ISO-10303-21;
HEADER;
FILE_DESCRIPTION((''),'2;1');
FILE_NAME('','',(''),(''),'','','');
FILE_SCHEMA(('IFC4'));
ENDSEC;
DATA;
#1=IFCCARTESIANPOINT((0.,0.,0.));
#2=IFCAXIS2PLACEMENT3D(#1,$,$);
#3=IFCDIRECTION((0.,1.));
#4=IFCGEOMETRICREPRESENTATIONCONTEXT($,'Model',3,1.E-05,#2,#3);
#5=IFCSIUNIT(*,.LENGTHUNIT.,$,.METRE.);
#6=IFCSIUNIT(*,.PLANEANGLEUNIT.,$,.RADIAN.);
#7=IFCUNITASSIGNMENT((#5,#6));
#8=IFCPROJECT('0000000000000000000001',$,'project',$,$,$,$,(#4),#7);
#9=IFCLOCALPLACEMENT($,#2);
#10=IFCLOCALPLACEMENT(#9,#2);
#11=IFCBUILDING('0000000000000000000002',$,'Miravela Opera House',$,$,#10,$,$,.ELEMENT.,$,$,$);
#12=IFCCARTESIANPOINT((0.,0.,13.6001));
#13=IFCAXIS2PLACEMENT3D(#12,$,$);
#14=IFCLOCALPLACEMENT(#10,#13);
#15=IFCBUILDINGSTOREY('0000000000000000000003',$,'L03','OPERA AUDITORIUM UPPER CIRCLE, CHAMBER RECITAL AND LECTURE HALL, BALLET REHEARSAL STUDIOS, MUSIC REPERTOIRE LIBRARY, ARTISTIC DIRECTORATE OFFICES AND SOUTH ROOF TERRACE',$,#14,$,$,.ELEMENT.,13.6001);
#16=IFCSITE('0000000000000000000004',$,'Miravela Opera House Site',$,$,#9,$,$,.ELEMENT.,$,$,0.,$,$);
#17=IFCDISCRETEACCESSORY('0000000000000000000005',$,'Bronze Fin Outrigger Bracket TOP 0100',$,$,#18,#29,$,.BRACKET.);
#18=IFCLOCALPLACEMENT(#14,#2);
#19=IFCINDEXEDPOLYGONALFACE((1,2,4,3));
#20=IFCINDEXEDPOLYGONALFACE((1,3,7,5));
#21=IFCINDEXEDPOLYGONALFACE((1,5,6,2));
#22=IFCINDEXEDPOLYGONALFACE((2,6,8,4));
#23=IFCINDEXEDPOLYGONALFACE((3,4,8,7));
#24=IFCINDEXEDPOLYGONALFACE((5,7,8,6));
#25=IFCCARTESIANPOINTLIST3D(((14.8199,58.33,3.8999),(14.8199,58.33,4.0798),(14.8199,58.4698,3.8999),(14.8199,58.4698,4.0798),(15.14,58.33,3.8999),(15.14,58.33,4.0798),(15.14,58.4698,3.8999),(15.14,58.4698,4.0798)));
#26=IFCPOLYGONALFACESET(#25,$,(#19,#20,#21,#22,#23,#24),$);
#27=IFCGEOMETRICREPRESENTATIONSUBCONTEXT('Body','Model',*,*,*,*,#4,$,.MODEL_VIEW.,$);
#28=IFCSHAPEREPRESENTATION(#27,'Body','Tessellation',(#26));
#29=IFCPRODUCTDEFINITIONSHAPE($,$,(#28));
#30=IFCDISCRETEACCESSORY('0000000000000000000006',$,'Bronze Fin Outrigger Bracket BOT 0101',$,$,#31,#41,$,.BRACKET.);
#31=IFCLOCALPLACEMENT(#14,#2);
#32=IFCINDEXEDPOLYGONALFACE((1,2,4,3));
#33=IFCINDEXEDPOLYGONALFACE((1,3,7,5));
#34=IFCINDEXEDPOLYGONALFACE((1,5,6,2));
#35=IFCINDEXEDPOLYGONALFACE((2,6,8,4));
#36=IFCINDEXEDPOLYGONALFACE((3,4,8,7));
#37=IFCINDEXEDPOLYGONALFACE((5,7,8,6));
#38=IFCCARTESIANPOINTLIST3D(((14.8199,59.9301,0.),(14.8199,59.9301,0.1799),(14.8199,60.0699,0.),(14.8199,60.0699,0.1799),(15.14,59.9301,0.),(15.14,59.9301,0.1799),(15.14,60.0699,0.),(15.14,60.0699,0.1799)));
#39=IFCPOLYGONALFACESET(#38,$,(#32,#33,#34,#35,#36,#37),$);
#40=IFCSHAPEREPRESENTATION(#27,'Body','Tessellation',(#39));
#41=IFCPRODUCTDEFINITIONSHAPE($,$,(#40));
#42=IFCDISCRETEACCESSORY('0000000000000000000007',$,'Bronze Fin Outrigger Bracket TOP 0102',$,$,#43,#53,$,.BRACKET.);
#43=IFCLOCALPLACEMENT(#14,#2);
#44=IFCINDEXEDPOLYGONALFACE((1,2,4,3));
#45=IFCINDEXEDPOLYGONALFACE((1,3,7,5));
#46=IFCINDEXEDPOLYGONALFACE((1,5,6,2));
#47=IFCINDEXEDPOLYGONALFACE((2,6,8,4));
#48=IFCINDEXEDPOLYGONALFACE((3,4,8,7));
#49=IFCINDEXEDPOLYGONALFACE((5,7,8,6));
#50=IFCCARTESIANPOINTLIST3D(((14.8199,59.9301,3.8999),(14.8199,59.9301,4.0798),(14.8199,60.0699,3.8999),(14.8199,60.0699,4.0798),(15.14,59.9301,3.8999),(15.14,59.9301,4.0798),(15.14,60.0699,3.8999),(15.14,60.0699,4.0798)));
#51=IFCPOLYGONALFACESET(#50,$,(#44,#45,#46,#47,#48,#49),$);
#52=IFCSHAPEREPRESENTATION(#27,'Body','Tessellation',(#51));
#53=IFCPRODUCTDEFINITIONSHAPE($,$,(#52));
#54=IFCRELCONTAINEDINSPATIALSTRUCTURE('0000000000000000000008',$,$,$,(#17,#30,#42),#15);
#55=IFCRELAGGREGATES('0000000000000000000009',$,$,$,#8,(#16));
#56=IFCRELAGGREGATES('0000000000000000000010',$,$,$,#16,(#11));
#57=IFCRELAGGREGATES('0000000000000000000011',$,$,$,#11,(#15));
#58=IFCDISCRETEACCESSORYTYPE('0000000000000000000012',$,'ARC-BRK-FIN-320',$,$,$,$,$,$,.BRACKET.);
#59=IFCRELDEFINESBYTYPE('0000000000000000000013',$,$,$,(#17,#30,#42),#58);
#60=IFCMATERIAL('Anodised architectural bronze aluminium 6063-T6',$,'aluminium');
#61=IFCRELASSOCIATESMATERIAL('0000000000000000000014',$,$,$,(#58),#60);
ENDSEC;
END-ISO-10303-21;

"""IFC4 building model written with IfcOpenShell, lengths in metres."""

from ifc_helpers import new_model, si_unit, direction, frame, origin, origin_2d, place, context, subcontext, project, spatial, rectangle, extrude, material, type_object, element, save


model = new_model("IFC4")

# Units and contexts
model_context = context("Model", 3, precision=1e-05, world=origin(), true_north=direction((0.0, 1.0)))
body_context = subcontext(model_context, "Body", "Model", "MODEL_VIEW")
ifc_project = project(units=[si_unit("LENGTHUNIT", "METRE"), si_unit("PLANEANGLEUNIT", "RADIAN")], contexts=[model_context])

# Site, building, storey
site_placement = place(None, origin())
site = spatial("IfcSite", under=ifc_project, at=site_placement, Name="Miravela Opera House Site", CompositionType="ELEMENT", RefElevation=0.0)
building_placement = place(site_placement, origin())
building = spatial("IfcBuilding", under=site, at=building_placement, Name="Miravela Opera House", CompositionType="ELEMENT")
storey_placement = place(building_placement, frame((0.0, 0.0, 13.6001)))
storey = spatial("IfcBuildingStorey", under=building, at=storey_placement, Name="L03", Description="OPERA AUDITORIUM UPPER CIRCLE, CHAMBER RECITAL AND LECTURE HALL, BALLET REHEARSAL STUDIOS, MUSIC REPERTOIRE LIBRARY, ARTISTIC DIRECTORATE OFFICES AND SOUTH ROOF TERRACE", CompositionType="ELEMENT", Elevation=13.6001)

# Shared definitions
ifc_material_1 = material(Name="Anodised architectural bronze aluminium 6063-T6", Category="aluminium")

# Discrete accessories
discrete_accessory_type = type_object("IfcDiscreteAccessoryType", Name="ARC-BRK-FIN-320", PredefinedType="BRACKET", material=ifc_material_1)
for number, where, z_axis, x_axis, name in (
    (1, (14.98, 58.3999, 3.8999), (0.0, 0.0, 1.0), (1.0, 0.0, 0.0), "Bronze Fin Outrigger Bracket TOP 0100"),
    (2, (14.98, 60.0, 0.0), (0.0, 0.0, 1.0), (1.0, 0.0, 0.0), "Bronze Fin Outrigger Bracket BOT 0101"),
    (3, (14.98, 60.0, 3.8999), (0.0, 0.0, 1.0), (1.0, 0.0, 0.0), "Bronze Fin Outrigger Bracket TOP 0102"),
):
    element("IfcDiscreteAccessory", number, at=place(storey_placement, frame(where, z_axis=z_axis, x_axis=x_axis)), inside=storey, type_object=discrete_accessory_type, Name=name, PredefinedType="BRACKET", context=body_context, shape_type="SweptSolid", body=[
        extrude(rectangle(XDim=0.3201, YDim=0.1399, at=origin_2d()), origin(), (0.0, 0.0, 1.0), 0.1799),
    ])

save(model, "model.ifc")
